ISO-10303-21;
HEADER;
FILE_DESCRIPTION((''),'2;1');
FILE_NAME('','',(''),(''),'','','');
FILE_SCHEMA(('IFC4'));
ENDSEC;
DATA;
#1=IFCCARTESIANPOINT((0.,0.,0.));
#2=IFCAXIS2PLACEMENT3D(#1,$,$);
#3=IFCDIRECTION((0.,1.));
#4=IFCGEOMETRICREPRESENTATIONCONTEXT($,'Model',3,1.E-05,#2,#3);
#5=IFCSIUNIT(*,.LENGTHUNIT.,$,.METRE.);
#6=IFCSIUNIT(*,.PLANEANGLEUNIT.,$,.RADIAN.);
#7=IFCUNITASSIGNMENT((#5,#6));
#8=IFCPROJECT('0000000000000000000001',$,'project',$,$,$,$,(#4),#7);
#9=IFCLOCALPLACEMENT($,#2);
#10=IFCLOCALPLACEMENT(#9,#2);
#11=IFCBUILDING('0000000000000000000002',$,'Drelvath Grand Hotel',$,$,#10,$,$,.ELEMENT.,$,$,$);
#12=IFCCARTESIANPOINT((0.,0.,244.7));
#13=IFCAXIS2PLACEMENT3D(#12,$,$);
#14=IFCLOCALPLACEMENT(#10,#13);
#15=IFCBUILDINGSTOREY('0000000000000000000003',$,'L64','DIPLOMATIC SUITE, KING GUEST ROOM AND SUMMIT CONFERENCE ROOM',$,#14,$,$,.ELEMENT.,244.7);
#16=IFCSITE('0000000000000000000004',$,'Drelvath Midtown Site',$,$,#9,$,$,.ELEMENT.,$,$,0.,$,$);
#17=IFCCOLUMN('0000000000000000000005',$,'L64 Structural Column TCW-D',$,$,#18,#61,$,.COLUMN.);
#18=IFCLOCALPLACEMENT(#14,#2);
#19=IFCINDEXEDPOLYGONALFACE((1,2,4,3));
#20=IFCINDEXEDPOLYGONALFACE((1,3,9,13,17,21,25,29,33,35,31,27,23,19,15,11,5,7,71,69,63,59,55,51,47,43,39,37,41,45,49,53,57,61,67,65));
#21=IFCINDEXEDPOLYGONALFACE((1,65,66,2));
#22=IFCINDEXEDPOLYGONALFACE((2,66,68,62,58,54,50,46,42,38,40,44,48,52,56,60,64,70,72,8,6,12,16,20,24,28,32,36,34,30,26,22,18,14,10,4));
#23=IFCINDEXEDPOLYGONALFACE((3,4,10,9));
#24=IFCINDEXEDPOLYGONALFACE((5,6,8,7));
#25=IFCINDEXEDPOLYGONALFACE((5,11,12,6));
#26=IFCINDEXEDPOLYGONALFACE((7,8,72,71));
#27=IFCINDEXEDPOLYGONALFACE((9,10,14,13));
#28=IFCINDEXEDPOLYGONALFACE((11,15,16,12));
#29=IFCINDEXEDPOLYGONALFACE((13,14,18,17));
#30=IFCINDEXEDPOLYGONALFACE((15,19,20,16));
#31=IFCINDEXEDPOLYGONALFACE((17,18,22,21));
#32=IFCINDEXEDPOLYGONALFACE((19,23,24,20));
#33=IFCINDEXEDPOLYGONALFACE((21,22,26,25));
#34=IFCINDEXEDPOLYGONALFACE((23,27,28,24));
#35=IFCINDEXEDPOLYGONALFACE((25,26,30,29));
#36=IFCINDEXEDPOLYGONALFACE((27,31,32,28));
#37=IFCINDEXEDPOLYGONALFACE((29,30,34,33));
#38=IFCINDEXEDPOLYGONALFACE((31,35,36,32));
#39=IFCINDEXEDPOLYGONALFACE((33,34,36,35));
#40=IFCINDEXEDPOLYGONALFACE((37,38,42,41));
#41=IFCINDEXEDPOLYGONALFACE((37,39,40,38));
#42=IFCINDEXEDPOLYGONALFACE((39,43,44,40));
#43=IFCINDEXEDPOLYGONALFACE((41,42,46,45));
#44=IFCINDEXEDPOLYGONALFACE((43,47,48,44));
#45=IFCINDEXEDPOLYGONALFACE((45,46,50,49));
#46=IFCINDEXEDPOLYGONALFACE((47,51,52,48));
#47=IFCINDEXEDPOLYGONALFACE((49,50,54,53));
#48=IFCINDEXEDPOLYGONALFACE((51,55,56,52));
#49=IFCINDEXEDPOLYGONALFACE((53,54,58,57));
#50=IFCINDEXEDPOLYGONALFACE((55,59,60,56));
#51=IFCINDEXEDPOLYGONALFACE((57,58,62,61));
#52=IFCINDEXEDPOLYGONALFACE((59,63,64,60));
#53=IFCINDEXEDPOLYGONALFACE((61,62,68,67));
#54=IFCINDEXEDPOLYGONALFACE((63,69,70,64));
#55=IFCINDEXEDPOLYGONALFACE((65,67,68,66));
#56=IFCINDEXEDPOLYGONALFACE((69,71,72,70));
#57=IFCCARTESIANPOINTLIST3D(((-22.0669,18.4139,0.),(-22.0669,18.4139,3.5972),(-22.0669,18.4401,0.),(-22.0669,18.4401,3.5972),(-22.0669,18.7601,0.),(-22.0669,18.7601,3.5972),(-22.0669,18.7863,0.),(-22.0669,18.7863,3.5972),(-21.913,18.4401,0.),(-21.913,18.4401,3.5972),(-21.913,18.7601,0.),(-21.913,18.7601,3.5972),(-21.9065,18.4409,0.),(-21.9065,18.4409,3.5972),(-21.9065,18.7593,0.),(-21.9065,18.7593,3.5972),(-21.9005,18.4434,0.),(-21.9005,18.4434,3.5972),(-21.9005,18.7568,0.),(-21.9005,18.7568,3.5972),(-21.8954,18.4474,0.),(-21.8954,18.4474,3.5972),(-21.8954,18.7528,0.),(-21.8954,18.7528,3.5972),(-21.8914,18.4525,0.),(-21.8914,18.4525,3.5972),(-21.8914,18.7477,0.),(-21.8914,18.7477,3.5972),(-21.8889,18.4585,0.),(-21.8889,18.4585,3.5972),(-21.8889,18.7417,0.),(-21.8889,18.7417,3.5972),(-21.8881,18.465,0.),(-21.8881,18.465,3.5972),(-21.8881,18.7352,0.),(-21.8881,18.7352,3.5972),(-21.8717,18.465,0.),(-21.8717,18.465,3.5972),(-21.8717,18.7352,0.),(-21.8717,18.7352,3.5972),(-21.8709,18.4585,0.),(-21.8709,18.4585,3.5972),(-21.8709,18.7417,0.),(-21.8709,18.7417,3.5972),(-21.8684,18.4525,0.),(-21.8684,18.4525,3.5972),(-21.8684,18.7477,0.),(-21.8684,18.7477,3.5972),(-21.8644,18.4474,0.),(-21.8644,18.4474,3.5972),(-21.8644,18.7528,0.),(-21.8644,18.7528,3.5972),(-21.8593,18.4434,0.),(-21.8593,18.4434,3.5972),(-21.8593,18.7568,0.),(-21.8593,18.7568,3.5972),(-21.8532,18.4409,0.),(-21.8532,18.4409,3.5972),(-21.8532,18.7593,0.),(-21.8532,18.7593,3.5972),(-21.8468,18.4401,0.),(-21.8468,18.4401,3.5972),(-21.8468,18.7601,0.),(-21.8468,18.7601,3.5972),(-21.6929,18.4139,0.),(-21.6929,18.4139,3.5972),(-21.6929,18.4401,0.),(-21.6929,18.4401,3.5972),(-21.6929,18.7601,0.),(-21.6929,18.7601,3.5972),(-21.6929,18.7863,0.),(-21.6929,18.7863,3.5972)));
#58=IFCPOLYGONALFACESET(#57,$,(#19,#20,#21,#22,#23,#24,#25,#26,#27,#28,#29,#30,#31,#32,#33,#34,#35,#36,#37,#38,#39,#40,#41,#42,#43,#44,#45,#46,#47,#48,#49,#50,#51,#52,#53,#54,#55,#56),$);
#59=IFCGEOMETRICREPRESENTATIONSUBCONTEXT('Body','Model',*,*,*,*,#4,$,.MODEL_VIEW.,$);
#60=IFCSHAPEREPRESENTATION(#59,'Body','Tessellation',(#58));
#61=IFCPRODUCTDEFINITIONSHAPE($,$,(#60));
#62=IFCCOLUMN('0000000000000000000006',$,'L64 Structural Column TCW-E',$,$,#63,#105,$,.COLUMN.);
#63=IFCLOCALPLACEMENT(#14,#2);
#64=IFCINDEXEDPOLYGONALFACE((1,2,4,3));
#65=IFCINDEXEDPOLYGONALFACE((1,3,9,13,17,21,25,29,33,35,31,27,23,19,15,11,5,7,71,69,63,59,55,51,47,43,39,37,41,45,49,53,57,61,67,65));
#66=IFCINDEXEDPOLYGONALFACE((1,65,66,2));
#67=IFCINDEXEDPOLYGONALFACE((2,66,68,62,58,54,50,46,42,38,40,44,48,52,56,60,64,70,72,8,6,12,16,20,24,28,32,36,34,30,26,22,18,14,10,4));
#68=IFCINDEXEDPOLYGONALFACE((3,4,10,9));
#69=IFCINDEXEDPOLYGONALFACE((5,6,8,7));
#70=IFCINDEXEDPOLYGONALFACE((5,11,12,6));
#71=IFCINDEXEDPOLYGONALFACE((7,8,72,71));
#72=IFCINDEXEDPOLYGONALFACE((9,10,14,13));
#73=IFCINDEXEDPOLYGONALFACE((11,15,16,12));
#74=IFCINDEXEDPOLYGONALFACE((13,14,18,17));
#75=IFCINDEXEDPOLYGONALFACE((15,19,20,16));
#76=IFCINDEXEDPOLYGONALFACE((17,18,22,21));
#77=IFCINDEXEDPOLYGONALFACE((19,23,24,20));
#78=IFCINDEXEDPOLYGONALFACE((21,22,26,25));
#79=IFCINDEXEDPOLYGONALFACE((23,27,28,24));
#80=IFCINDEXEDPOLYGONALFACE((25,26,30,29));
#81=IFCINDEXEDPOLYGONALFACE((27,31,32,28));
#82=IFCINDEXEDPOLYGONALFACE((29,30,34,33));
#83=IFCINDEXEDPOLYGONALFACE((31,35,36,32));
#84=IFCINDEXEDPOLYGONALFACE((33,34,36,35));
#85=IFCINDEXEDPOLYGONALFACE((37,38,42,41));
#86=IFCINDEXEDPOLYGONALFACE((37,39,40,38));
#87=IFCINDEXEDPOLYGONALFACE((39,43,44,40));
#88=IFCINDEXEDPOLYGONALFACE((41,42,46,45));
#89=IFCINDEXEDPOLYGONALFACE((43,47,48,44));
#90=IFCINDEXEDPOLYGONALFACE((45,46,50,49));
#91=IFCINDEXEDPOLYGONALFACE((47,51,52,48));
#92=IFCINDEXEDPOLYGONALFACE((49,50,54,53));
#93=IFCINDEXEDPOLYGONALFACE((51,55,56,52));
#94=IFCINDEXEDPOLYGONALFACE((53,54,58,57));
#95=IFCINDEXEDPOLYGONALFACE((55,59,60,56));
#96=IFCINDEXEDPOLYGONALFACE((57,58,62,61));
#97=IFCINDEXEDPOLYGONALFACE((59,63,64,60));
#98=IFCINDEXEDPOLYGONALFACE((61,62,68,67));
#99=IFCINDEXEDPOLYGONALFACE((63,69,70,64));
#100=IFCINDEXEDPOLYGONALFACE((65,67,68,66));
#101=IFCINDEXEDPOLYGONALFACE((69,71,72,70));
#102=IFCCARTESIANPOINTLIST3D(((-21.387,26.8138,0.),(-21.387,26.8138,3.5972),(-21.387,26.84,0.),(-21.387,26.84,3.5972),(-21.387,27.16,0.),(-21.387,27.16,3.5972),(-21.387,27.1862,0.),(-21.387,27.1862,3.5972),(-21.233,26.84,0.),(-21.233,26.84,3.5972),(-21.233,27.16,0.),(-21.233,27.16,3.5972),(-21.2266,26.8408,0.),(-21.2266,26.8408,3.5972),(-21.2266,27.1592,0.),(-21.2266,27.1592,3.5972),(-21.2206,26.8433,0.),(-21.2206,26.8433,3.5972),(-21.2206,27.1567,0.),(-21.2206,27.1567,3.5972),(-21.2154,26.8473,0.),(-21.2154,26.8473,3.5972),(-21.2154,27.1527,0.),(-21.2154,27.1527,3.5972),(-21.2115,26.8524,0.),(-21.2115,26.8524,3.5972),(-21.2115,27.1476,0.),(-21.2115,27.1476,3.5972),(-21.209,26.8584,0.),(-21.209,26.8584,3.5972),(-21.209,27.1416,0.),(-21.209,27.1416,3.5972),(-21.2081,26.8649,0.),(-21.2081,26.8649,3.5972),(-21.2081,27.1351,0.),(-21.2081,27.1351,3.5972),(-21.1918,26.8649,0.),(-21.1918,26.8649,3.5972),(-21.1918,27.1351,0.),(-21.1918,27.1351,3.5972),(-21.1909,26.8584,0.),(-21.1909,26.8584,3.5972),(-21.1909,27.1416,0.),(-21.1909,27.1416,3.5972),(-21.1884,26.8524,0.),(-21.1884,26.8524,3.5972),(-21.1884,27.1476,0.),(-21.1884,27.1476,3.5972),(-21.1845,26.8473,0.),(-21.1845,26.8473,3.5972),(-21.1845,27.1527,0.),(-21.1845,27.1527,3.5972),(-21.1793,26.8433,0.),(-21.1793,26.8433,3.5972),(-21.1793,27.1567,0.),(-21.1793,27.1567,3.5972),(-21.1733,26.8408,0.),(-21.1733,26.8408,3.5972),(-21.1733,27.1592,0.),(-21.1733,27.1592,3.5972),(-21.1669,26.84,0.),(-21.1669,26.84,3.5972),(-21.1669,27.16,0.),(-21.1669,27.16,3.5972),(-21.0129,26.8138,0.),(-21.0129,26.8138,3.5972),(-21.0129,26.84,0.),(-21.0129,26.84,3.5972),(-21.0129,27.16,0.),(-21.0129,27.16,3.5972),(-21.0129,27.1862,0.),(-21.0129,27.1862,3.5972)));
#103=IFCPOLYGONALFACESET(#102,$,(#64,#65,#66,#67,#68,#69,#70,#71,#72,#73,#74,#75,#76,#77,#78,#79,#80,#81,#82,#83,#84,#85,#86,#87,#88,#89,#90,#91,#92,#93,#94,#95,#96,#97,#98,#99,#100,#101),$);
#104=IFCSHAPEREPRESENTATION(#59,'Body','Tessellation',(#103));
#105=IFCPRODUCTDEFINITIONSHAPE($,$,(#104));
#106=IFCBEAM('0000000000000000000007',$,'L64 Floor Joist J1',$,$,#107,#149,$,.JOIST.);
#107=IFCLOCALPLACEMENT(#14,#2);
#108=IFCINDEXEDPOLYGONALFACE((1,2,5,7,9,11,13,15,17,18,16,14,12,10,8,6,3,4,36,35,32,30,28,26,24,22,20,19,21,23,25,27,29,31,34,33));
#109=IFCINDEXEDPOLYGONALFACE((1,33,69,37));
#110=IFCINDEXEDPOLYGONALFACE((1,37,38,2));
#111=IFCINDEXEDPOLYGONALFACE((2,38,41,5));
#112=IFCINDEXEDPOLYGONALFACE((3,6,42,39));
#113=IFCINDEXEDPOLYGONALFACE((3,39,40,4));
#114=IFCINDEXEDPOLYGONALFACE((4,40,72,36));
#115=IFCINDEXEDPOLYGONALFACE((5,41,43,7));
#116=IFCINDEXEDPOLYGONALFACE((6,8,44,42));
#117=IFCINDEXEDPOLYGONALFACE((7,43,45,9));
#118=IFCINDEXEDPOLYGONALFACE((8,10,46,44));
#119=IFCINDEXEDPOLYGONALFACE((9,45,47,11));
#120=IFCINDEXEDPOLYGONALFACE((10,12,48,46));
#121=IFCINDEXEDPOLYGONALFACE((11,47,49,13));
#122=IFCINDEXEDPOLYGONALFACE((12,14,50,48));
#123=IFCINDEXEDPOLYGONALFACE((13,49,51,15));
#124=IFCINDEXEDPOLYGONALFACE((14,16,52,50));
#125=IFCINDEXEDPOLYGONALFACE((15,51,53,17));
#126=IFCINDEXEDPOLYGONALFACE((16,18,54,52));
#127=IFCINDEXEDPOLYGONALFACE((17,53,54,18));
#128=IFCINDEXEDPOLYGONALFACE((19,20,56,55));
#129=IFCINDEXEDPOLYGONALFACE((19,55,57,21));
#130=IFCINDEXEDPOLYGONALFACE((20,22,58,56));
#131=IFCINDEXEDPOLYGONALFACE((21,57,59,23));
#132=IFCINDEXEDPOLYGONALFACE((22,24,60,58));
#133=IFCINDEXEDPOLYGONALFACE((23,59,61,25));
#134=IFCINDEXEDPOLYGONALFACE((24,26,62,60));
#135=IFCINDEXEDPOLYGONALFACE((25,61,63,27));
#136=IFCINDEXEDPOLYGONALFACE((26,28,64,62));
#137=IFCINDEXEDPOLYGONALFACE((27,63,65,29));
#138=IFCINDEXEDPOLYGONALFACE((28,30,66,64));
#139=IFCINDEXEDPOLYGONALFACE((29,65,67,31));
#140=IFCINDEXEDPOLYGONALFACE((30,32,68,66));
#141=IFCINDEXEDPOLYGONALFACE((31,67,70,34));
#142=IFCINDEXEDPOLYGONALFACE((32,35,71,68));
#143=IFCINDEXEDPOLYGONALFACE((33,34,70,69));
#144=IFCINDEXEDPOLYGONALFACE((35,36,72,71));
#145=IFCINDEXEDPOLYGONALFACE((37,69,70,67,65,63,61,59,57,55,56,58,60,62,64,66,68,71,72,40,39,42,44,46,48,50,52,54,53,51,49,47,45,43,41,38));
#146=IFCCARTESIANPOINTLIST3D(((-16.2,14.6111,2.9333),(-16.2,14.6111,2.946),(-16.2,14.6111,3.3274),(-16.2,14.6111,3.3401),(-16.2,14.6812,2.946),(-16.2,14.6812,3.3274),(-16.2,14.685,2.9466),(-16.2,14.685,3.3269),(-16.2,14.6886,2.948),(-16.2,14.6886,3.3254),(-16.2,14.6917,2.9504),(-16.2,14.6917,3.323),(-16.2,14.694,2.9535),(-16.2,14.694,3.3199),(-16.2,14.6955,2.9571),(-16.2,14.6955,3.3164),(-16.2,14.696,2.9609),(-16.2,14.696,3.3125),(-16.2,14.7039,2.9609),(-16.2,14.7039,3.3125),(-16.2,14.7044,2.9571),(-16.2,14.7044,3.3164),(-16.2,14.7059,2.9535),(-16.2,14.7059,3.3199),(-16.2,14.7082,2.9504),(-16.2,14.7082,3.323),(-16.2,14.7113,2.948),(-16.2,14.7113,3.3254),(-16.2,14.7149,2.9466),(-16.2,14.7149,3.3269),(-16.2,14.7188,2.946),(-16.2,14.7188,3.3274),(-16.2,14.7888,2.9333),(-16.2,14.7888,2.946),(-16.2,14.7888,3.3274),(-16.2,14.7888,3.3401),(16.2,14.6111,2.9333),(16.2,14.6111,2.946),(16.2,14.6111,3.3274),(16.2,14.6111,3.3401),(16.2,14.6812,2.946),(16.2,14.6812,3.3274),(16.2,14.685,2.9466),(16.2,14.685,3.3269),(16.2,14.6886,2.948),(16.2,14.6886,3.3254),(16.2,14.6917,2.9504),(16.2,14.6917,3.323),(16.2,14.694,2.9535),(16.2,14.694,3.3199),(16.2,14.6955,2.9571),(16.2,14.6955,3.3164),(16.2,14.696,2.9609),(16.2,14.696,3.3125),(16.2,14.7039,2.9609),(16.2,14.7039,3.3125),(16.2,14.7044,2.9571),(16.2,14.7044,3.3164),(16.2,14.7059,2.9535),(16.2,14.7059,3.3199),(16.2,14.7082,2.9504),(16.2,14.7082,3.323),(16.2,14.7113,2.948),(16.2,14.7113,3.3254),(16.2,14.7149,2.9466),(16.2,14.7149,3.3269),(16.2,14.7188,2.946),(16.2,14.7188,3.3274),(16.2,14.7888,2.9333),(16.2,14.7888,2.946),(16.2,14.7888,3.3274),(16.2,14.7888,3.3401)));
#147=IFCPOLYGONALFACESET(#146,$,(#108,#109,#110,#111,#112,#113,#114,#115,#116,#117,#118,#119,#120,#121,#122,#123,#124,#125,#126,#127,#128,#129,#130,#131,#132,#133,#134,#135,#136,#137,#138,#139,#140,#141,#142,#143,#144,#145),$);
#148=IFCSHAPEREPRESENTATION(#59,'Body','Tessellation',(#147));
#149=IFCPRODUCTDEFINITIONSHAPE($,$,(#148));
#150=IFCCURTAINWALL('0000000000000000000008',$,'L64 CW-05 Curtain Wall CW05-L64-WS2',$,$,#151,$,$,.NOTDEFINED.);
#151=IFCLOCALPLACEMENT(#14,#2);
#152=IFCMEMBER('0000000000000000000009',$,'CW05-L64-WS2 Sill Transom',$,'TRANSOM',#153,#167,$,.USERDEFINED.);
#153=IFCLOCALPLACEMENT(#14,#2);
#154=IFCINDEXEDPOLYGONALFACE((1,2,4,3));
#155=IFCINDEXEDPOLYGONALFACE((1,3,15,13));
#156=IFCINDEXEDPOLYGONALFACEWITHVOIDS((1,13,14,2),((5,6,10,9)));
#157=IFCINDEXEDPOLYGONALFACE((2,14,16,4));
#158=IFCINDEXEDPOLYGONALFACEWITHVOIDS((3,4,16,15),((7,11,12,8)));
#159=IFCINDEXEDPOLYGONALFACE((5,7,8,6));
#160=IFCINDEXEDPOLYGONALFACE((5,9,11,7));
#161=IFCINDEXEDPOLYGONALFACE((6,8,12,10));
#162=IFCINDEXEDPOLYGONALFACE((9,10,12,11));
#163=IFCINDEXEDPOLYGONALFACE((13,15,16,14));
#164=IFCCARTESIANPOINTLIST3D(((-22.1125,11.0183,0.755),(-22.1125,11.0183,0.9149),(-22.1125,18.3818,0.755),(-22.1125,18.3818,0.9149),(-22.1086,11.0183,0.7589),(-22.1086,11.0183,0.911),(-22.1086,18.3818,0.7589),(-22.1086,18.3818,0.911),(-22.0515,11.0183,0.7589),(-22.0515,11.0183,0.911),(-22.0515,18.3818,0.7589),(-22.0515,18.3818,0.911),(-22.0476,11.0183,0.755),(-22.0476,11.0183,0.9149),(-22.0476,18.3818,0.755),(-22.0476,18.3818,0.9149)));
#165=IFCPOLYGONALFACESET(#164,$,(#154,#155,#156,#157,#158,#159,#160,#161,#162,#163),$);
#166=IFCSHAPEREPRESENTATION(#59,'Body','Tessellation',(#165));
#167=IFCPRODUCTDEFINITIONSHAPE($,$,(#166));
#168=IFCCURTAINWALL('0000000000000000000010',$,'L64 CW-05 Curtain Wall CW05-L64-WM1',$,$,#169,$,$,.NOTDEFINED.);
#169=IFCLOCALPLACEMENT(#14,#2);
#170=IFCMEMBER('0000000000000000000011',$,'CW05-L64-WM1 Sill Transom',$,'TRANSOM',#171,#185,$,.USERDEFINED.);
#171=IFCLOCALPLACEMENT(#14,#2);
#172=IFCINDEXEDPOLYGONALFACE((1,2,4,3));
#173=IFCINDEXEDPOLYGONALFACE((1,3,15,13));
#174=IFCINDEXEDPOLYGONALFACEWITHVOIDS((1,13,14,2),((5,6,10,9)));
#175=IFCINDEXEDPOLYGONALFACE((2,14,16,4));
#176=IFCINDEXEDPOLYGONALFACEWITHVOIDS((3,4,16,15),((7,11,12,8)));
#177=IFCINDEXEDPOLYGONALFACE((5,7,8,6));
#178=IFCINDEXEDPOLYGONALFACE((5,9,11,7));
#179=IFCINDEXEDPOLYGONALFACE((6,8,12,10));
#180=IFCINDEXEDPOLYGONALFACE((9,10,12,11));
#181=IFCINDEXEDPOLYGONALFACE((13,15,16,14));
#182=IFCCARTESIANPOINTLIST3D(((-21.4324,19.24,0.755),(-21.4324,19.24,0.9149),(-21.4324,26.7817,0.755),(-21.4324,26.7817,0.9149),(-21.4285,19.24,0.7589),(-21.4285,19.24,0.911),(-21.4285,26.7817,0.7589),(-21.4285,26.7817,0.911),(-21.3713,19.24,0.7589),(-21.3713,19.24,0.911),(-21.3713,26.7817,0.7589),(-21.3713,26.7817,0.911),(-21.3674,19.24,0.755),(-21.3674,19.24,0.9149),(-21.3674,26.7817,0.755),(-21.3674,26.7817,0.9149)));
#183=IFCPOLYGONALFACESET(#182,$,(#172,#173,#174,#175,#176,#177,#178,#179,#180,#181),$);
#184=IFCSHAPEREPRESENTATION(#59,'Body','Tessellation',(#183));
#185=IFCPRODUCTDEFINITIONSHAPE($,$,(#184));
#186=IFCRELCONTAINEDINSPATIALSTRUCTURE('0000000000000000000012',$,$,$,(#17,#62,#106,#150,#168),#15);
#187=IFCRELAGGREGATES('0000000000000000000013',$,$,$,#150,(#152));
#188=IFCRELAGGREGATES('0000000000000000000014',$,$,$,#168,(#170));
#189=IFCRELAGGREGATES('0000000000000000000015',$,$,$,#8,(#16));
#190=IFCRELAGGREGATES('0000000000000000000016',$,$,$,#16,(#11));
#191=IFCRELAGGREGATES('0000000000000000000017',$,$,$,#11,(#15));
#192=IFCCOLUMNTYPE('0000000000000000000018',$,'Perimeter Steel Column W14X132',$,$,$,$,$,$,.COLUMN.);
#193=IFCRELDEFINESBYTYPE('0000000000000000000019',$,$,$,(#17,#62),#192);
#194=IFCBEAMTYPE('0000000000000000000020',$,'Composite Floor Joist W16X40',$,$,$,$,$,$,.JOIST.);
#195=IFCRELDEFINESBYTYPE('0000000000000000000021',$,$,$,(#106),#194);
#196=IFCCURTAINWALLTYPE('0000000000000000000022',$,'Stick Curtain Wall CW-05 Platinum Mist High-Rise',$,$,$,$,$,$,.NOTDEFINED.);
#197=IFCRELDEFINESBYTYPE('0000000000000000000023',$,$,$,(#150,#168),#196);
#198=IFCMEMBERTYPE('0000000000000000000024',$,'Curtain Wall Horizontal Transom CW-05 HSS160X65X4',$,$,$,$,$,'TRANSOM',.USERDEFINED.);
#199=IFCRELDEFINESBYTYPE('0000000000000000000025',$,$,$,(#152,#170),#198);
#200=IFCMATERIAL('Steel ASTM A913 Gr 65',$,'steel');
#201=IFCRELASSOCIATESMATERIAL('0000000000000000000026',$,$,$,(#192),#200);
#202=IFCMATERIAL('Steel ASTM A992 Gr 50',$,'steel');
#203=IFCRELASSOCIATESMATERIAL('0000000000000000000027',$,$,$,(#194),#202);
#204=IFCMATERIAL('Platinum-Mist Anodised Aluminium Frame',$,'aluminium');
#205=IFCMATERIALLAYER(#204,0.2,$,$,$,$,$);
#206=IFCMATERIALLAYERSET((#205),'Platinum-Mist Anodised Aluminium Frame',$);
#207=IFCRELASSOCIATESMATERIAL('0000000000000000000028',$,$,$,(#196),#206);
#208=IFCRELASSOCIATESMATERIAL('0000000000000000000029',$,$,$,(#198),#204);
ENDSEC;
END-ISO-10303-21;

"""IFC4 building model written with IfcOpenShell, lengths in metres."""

from ifc_helpers import new_model, si_unit, direction, frame, origin, origin_2d, place, context, subcontext, project, spatial, hollow_rectangle, i_section, extrude, material, layer, layer_set, material_profile, profile_set, type_object, element, aggregate, save


model = new_model("IFC4")

# Units and contexts
model_context = context("Model", 3, precision=1e-05, world=origin(), true_north=direction((0.0, 1.0)))
body_context = subcontext(model_context, "Body", "Model", "MODEL_VIEW")
ifc_project = project(units=[si_unit("LENGTHUNIT", "METRE"), si_unit("PLANEANGLEUNIT", "RADIAN")], contexts=[model_context])

# Site, building, storey
site_placement = place(None, origin())
site = spatial("IfcSite", under=ifc_project, at=site_placement, Name="Drelvath Midtown Site", CompositionType="ELEMENT", RefElevation=0.0)
building_placement = place(site_placement, origin())
building = spatial("IfcBuilding", under=site, at=building_placement, Name="Drelvath Grand Hotel", CompositionType="ELEMENT")
storey_placement = place(building_placement, frame((0.0, 0.0, 244.7)))
storey = spatial("IfcBuildingStorey", under=building, at=storey_placement, Name="L64", Description="DIPLOMATIC SUITE, KING GUEST ROOM AND SUMMIT CONFERENCE ROOM", CompositionType="ELEMENT", Elevation=244.7)

# Columns
ifc_material_1 = material(Name="Steel ASTM A913 Gr 65", Category="steel")
ifc_material_profile_1 = material_profile(ifc_material_1, i_section(OverallWidth=0.374, OverallDepth=0.3723, WebThickness=0.0164, FlangeThickness=0.0261, FilletRadius=0.0249, at=origin_2d()), Name="W14X132")
ifc_profile_set_1 = profile_set([ifc_material_profile_1], Name="Steel ASTM A913 Gr 65")
column_type = type_object("IfcColumnType", Name="Perimeter Steel Column W14X132", PredefinedType="COLUMN", material=ifc_profile_set_1)
for number, where, z_axis, x_axis, name in (
    (1, (-21.8799, 18.6001, 0.0), (0.0, 0.0, 1.0), (1.0, 0.0, 0.0), "L64 Structural Column TCW-D"),
    (2, (-21.2, 27.0, 0.0), (0.0, 0.0, 1.0), (1.0, 0.0, 0.0), "L64 Structural Column TCW-E"),
):
    element("IfcColumn", number, at=place(storey_placement, frame(where, z_axis=z_axis, x_axis=x_axis)), inside=storey, type_object=column_type, Name=name, PredefinedType="COLUMN", context=body_context, shape_type="SweptSolid", body=[
        extrude(i_section(OverallWidth=0.374, OverallDepth=0.3723, WebThickness=0.0164, FlangeThickness=0.0261, FilletRadius=0.0249, at=origin_2d()), origin(), (0.0, 0.0, 1.0), 3.5972),
    ])

# Beam
ifc_material_2 = material(Name="Steel ASTM A992 Gr 50", Category="steel")
ifc_material_profile_2 = material_profile(ifc_material_2, i_section(OverallWidth=0.1777, OverallDepth=0.4067, WebThickness=0.0078, FlangeThickness=0.0127, FilletRadius=0.0149, at=origin_2d()), Name="W16X40")
ifc_profile_set_2 = profile_set([ifc_material_profile_2], Name="Steel ASTM A992 Gr 50")
beam_type_1 = type_object("IfcBeamType", Name="Composite Floor Joist W16X40", PredefinedType="JOIST", material=ifc_profile_set_2)
beam_1_placement = place(storey_placement, frame((-16.2, 14.7, 3.1367), z_axis=(1.0, 0.0, 0.0), x_axis=(0.0, 1.0, 0.0)))
element("IfcBeam", 3, at=beam_1_placement, inside=storey, type_object=beam_type_1, Name="L64 Floor Joist J1", PredefinedType="JOIST", context=body_context, shape_type="SweptSolid", body=[
    extrude(i_section(OverallWidth=0.1777, OverallDepth=0.4067, WebThickness=0.0078, FlangeThickness=0.0127, FilletRadius=0.0149, at=origin_2d()), origin(), (0.0, 0.0, 1.0), 32.3999),
])

# Curtain walls, members
ifc_material_3 = material(Name="Platinum-Mist Anodised Aluminium Frame", Category="aluminium")
ifc_layer_1 = layer(ifc_material_3, 0.2)
ifc_layer_set_1 = layer_set([ifc_layer_1], Name="Platinum-Mist Anodised Aluminium Frame")
curtain_wall_type = type_object("IfcCurtainWallType", Name="Stick Curtain Wall CW-05 Platinum Mist High-Rise", PredefinedType="NOTDEFINED", material=ifc_layer_set_1)
curtain_wall_1_placement = place(storey_placement, origin())
curtain_wall_1 = element("IfcCurtainWall", 4, at=curtain_wall_1_placement, inside=storey, type_object=curtain_wall_type, Name="L64 CW-05 Curtain Wall CW05-L64-WS2", PredefinedType="NOTDEFINED")
ifc_material_profile_3 = material_profile(ifc_material_3, hollow_rectangle(XDim=0.0649, YDim=0.1599, WallThickness=0.0039, at=origin_2d()), Name="HSS160X65X4")
ifc_profile_set_3 = profile_set([ifc_material_profile_3], Name="Platinum-Mist Anodised Aluminium Frame")
member_type_1 = type_object("IfcMemberType", Name="Curtain Wall Horizontal Transom CW-05 HSS160X65X4", ElementType="TRANSOM", PredefinedType="USERDEFINED", material=ifc_profile_set_3)
member_1_placement = place(storey_placement, frame((-22.0801, 11.0183, 0.835), z_axis=(0.0, 1.0, 0.0), x_axis=(-1.0, 0.0, 0.0)))
member_1 = element("IfcMember", 5, at=member_1_placement, type_object=member_type_1, Name="CW05-L64-WS2 Sill Transom", ObjectType="TRANSOM", PredefinedType="USERDEFINED", context=body_context, shape_type="SweptSolid", body=[
    extrude(hollow_rectangle(XDim=0.0649, YDim=0.1599, WallThickness=0.0039, at=origin_2d()), origin(), (0.0, 0.0, 1.0), 7.3635),
])
curtain_wall_2_placement = place(storey_placement, origin())
curtain_wall_2 = element("IfcCurtainWall", 6, at=curtain_wall_2_placement, inside=storey, type_object=curtain_wall_type, Name="L64 CW-05 Curtain Wall CW05-L64-WM1", PredefinedType="NOTDEFINED")
member_2_placement = place(storey_placement, frame((-21.3999, 19.24, 0.835), z_axis=(0.0, 1.0, 0.0), x_axis=(-1.0, 0.0, 0.0)))
member_2 = element("IfcMember", 7, at=member_2_placement, type_object=member_type_1, Name="CW05-L64-WM1 Sill Transom", ObjectType="TRANSOM", PredefinedType="USERDEFINED", context=body_context, shape_type="SweptSolid", body=[
    extrude(hollow_rectangle(XDim=0.0649, YDim=0.1599, WallThickness=0.0039, at=origin_2d()), origin(), (0.0, 0.0, 1.0), 7.5417),
])

aggregate(curtain_wall_1, [member_1])
aggregate(curtain_wall_2, [member_2])

save(model, "model.ifc")
